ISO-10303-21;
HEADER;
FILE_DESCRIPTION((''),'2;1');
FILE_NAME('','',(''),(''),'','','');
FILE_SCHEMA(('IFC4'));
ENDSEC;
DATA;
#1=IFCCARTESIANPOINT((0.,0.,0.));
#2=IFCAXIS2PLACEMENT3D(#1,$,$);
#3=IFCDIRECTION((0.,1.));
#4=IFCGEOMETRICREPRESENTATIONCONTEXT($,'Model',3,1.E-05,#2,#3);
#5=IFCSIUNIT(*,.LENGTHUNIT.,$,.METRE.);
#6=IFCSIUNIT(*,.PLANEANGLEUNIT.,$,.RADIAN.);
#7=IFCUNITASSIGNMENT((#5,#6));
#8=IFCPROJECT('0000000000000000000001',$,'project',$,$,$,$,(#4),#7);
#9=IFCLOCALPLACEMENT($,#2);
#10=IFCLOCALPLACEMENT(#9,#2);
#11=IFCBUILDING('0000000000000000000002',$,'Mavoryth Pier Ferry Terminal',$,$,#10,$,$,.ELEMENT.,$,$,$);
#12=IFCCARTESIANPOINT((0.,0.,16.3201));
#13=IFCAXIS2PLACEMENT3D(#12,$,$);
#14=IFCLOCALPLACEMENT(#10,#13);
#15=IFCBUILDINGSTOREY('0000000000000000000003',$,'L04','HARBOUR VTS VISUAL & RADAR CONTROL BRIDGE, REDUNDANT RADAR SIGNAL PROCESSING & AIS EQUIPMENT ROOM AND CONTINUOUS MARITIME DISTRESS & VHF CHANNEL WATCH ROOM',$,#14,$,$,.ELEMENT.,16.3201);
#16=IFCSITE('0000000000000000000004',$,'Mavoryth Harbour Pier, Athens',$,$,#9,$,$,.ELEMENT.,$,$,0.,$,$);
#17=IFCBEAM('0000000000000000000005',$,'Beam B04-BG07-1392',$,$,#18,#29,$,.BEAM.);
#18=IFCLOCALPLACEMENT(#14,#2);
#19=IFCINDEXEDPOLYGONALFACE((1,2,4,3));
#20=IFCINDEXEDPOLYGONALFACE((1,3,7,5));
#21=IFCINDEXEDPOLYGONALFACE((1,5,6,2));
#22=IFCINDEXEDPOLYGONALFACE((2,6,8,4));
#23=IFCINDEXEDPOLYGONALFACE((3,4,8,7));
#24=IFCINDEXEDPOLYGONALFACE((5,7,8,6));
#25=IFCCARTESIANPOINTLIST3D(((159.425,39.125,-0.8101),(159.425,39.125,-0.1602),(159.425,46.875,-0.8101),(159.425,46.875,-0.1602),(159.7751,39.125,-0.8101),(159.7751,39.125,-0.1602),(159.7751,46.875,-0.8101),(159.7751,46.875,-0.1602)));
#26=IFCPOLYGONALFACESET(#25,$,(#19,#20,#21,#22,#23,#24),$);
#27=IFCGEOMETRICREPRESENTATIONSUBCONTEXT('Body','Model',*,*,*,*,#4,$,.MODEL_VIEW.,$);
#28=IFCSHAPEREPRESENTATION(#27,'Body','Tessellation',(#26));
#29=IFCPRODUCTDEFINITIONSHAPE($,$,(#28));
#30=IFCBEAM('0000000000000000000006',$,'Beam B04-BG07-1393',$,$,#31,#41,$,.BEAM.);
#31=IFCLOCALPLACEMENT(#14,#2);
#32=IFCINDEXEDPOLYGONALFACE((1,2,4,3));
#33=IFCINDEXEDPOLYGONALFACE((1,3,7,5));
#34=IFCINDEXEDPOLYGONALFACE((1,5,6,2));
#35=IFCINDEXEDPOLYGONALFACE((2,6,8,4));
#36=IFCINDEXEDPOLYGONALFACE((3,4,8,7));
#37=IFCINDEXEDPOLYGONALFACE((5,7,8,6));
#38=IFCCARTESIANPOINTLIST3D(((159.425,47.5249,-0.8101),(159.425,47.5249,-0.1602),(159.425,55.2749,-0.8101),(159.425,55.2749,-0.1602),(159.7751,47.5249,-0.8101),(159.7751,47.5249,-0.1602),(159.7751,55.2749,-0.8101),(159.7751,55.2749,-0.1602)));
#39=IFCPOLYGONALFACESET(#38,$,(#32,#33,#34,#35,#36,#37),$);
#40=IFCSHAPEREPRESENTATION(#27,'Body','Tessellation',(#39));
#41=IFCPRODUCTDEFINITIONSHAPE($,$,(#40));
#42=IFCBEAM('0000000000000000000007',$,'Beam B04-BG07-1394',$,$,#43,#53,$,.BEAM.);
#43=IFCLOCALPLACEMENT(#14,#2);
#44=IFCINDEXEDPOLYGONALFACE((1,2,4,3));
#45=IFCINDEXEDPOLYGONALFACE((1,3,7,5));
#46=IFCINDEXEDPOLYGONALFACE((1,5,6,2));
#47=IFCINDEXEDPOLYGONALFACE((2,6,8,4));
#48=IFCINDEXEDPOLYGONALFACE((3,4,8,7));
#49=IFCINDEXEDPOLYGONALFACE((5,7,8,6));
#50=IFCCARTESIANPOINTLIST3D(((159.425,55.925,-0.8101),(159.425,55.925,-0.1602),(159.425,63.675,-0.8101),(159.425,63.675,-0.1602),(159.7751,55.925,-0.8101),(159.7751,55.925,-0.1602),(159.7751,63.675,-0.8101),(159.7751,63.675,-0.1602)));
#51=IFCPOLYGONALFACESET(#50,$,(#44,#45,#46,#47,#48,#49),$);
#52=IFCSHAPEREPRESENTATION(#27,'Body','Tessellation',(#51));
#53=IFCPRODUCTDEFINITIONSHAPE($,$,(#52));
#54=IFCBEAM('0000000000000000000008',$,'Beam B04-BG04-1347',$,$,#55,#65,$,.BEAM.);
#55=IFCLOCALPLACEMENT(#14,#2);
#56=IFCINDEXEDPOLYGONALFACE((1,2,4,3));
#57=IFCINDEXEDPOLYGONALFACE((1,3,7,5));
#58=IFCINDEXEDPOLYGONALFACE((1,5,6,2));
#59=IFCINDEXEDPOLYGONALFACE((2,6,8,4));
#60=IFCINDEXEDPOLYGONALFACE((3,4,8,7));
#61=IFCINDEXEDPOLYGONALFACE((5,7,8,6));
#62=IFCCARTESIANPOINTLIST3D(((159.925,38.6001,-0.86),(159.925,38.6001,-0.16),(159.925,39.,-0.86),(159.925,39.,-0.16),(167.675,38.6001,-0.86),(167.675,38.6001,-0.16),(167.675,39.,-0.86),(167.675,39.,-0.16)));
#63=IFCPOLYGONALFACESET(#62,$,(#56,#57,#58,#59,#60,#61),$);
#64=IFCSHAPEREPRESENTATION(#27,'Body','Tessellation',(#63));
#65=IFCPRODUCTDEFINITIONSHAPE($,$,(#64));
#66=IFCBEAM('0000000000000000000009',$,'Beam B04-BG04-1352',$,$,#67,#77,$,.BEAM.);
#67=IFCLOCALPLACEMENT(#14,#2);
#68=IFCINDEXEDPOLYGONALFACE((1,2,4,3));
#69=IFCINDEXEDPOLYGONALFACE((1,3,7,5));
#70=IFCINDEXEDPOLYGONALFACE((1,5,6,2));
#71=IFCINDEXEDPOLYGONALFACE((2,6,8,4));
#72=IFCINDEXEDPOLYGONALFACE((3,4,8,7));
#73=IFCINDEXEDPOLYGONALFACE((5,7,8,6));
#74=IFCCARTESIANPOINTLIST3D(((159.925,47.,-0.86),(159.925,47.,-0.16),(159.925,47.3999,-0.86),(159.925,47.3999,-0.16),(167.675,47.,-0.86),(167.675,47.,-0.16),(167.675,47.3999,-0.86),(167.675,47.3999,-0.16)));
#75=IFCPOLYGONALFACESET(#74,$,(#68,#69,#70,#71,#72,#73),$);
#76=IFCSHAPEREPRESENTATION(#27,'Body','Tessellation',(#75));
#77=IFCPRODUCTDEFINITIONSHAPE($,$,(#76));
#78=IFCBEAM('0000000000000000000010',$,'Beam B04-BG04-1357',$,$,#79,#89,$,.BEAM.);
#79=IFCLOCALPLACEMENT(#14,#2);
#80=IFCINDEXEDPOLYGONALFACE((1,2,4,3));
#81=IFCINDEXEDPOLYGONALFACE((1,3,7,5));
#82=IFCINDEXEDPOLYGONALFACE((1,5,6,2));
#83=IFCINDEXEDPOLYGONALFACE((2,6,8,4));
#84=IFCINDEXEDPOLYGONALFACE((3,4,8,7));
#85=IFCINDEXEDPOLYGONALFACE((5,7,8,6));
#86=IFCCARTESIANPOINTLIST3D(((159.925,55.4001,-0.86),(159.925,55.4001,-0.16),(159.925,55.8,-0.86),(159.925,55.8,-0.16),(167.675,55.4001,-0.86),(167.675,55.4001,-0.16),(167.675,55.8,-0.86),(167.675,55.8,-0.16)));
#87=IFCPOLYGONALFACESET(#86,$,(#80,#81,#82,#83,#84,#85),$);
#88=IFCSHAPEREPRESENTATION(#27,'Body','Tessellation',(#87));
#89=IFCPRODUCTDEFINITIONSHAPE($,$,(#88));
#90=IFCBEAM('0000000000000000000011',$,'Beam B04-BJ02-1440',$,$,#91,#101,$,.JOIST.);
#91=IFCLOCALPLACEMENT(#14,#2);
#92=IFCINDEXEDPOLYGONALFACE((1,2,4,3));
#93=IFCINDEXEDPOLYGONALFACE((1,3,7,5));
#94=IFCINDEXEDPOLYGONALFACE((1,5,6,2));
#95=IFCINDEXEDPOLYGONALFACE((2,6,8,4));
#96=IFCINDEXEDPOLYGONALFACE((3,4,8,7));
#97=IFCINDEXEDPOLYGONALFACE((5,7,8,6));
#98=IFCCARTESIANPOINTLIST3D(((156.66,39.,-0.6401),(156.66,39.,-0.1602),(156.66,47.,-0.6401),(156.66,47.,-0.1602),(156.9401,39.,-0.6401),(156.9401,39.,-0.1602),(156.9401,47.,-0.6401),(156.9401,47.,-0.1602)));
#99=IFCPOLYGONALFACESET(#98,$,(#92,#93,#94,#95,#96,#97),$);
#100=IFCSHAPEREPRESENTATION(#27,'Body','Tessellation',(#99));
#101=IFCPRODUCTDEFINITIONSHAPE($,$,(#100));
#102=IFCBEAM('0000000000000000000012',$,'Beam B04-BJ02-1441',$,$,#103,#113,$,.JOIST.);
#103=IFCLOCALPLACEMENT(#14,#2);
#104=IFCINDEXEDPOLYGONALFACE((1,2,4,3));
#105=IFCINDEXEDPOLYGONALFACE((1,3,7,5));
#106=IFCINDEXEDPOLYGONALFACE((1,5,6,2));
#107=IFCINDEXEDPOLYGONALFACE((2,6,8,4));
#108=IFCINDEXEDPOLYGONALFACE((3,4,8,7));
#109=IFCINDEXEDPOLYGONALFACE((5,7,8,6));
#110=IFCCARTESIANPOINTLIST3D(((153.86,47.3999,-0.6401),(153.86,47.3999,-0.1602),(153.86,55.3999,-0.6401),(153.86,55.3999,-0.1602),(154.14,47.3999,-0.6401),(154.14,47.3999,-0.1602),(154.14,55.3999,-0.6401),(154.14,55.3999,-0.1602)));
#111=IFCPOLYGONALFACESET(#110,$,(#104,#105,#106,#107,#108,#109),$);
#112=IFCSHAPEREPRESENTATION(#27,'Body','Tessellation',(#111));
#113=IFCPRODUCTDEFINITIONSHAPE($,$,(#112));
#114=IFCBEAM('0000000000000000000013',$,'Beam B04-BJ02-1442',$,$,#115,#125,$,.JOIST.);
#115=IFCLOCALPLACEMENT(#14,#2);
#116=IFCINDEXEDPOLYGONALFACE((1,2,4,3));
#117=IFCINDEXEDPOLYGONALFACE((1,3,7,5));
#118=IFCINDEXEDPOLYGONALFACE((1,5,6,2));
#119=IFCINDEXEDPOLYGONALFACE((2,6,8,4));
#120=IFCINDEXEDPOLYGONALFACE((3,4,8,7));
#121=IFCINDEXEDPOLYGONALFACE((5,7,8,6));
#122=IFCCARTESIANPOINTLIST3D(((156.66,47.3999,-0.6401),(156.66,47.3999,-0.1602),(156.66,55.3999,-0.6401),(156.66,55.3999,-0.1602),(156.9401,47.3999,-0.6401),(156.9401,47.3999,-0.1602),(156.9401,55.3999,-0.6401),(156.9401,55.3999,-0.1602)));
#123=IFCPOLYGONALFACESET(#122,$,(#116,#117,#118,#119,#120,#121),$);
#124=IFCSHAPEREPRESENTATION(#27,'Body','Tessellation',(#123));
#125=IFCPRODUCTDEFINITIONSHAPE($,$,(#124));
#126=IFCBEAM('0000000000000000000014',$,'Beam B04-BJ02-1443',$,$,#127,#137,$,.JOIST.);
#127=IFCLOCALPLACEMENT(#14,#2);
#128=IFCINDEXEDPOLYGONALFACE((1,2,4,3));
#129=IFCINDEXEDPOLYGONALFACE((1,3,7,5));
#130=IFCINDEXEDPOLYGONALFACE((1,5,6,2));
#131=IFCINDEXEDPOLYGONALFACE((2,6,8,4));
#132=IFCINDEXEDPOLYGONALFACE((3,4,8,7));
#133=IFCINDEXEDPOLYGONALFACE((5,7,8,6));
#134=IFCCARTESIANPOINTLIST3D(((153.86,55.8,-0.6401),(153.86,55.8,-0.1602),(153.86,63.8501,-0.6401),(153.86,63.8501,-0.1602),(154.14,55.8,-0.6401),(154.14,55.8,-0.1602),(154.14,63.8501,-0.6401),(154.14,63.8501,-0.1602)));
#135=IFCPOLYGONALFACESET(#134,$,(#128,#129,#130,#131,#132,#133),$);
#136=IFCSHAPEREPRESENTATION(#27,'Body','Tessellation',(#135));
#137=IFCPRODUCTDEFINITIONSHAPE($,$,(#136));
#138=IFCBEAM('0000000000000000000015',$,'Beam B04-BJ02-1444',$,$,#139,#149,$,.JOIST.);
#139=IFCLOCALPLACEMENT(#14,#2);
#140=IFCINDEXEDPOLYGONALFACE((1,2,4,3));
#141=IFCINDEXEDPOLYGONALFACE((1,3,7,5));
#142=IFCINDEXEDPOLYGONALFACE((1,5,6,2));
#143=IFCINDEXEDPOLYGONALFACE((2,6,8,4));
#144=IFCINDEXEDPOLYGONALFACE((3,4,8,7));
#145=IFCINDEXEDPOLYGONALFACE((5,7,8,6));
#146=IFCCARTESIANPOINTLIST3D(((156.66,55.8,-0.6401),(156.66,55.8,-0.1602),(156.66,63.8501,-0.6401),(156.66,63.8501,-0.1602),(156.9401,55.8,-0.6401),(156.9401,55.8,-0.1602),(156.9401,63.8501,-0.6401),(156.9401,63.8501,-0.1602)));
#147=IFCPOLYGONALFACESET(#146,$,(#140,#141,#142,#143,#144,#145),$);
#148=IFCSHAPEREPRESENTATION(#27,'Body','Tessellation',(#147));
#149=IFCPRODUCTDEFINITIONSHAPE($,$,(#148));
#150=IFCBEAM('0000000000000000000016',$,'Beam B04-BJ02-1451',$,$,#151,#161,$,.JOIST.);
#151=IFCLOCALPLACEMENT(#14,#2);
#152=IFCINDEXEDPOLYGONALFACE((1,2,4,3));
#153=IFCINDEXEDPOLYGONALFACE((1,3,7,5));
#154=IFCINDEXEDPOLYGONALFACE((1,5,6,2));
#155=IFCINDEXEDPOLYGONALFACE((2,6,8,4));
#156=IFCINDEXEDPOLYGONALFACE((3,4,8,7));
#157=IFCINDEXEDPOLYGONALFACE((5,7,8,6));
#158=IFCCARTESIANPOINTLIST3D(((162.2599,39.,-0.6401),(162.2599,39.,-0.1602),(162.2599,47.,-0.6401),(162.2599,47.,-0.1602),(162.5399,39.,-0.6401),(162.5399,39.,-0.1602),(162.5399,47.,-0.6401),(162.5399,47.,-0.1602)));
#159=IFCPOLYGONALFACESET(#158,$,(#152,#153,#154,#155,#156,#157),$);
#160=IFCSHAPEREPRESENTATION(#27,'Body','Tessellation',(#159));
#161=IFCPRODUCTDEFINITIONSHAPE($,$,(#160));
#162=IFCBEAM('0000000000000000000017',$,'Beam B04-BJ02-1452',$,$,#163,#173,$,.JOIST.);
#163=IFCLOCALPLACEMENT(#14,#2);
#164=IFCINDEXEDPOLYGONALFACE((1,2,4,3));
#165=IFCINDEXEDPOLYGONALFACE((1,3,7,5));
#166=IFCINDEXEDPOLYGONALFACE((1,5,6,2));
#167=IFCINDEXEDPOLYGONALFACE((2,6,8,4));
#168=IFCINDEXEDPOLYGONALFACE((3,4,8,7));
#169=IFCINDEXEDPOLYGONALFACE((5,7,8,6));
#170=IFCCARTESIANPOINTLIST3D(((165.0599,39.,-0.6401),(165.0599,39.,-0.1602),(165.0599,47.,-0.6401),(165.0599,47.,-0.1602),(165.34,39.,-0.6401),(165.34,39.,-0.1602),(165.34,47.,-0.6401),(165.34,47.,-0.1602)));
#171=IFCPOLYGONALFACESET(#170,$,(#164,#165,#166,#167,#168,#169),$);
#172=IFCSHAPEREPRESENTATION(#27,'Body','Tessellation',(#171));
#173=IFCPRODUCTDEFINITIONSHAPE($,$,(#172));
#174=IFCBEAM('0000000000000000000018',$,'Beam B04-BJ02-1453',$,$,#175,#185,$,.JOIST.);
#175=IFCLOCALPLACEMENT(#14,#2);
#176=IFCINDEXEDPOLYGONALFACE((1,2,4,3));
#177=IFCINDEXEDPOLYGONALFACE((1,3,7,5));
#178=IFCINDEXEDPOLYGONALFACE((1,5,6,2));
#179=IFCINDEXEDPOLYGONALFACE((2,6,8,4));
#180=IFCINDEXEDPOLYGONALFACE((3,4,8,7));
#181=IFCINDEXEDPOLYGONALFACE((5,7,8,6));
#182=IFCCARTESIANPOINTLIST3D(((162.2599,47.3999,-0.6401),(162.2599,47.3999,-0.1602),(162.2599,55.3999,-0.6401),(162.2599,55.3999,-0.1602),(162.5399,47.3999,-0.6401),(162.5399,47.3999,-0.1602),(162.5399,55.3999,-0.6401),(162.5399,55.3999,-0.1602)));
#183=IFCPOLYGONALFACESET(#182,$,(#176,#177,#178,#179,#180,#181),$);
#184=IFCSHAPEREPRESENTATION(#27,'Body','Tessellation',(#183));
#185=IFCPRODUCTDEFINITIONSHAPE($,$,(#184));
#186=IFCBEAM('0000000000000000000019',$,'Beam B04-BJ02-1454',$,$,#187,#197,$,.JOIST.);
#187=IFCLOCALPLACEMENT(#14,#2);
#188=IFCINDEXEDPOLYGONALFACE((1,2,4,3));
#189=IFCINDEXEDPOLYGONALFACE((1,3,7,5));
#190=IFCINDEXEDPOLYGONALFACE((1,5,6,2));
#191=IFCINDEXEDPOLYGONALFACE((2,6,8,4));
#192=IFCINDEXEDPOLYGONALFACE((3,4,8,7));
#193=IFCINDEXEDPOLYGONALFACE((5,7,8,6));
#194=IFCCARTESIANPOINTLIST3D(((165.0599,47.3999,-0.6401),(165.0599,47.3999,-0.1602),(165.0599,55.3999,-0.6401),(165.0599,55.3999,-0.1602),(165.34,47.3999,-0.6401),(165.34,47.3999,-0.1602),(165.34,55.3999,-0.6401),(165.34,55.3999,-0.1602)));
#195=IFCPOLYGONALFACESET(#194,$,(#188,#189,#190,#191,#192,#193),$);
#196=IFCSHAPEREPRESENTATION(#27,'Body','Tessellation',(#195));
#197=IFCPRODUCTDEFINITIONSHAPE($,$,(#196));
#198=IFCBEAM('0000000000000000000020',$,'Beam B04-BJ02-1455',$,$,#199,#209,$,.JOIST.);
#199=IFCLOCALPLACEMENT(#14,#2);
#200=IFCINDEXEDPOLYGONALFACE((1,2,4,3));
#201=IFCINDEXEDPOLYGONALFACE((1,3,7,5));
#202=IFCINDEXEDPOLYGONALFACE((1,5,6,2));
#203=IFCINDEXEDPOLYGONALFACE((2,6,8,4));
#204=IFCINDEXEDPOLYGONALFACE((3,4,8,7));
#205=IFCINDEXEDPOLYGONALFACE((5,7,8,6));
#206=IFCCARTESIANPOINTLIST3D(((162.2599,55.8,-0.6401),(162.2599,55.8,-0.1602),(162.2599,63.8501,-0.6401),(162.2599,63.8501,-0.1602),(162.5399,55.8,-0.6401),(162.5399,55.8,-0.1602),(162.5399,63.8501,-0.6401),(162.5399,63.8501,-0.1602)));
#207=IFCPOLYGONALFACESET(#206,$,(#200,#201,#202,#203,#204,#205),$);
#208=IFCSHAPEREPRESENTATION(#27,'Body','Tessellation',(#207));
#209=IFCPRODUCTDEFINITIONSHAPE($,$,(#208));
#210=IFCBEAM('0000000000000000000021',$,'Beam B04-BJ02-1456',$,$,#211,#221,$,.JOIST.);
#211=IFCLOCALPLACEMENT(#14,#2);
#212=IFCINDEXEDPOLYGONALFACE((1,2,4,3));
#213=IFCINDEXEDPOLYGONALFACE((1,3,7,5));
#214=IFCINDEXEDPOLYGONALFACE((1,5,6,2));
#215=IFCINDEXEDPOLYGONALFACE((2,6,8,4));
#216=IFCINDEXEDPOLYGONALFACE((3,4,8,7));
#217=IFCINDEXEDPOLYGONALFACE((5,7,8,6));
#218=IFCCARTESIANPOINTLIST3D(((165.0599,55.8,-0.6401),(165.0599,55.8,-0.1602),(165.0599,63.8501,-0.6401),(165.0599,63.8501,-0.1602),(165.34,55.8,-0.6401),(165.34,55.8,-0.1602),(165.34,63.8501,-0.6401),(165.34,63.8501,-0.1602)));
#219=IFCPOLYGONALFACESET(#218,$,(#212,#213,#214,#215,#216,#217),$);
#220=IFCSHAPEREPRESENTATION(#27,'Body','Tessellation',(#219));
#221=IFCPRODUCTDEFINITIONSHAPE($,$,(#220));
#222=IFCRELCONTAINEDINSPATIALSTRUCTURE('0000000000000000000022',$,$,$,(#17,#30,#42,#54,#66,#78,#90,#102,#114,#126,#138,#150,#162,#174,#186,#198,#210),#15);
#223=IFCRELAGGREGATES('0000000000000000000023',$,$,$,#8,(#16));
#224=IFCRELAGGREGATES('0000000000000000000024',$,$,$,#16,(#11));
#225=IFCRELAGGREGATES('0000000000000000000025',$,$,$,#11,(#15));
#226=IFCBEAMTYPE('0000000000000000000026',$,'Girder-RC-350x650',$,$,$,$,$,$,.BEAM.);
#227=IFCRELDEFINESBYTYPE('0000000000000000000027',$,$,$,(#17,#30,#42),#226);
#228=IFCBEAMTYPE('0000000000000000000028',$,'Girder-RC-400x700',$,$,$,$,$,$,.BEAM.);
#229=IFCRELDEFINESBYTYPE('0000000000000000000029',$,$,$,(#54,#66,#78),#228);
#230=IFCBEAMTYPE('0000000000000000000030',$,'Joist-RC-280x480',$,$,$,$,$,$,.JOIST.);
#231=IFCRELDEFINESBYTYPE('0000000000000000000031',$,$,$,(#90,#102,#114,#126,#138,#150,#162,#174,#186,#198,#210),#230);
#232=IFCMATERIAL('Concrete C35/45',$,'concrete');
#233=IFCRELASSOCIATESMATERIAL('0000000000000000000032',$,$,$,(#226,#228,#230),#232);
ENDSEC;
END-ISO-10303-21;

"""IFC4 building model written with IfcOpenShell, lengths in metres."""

from ifc_helpers import new_model, si_unit, direction, frame, origin, origin_2d, place, context, subcontext, project, spatial, rectangle, extrude, material, material_profile, profile_set, type_object, element, save


model = new_model("IFC4")

# Units and contexts
model_context = context("Model", 3, precision=1e-05, world=origin(), true_north=direction((0.0, 1.0)))
body_context = subcontext(model_context, "Body", "Model", "MODEL_VIEW")
ifc_project = project(units=[si_unit("LENGTHUNIT", "METRE"), si_unit("PLANEANGLEUNIT", "RADIAN")], contexts=[model_context])

# Site, building, storey
site_placement = place(None, origin())
site = spatial("IfcSite", under=ifc_project, at=site_placement, Name="Mavoryth Harbour Pier, Athens", CompositionType="ELEMENT", RefElevation=0.0)
building_placement = place(site_placement, origin())
building = spatial("IfcBuilding", under=site, at=building_placement, Name="Mavoryth Pier Ferry Terminal", CompositionType="ELEMENT")
storey_placement = place(building_placement, frame((0.0, 0.0, 16.3201)))
storey = spatial("IfcBuildingStorey", under=building, at=storey_placement, Name="L04", Description="HARBOUR VTS VISUAL & RADAR CONTROL BRIDGE, REDUNDANT RADAR SIGNAL PROCESSING & AIS EQUIPMENT ROOM AND CONTINUOUS MARITIME DISTRESS & VHF CHANNEL WATCH ROOM", CompositionType="ELEMENT", Elevation=16.3201)

# Beams
ifc_material = material(Name="Concrete C35/45", Category="concrete")
ifc_material_profile_1 = material_profile(ifc_material, rectangle(XDim=0.3501, YDim=0.6499, at=origin_2d()), Name="RC 350x650", Category="concrete")
ifc_profile_set_1 = profile_set([ifc_material_profile_1], Name="Concrete C35/45 - RC 350x650")
beam_type_1 = type_object("IfcBeamType", Name="Girder-RC-350x650", PredefinedType="BEAM", material=ifc_profile_set_1)
for number, where, z_axis, x_axis, name in (
    (1, (159.6001, 39.125, -0.4851), (0.0, 1.0, 0.0), (-1.0, 0.0, 0.0), "Beam B04-BG07-1392"),
    (2, (159.6001, 47.5249, -0.4851), (0.0, 1.0, 0.0), (-1.0, 0.0, 0.0), "Beam B04-BG07-1393"),
    (3, (159.6001, 55.925, -0.4851), (0.0, 1.0, 0.0), (-1.0, 0.0, 0.0), "Beam B04-BG07-1394"),
):
    element("IfcBeam", number, at=place(storey_placement, frame(where, z_axis=z_axis, x_axis=x_axis)), inside=storey, type_object=beam_type_1, Name=name, PredefinedType="BEAM", context=body_context, shape_type="SweptSolid", body=[
        extrude(rectangle(XDim=0.3501, YDim=0.6499, at=origin_2d()), origin(), (0.0, 0.0, 1.0), 7.75),
    ])
ifc_material_profile_2 = material_profile(ifc_material, rectangle(XDim=0.3999, YDim=0.7, at=origin_2d()), Name="RC 400x700", Category="concrete")
ifc_profile_set_2 = profile_set([ifc_material_profile_2], Name="Concrete C35/45 - RC 400x700")
beam_type_2 = type_object("IfcBeamType", Name="Girder-RC-400x700", PredefinedType="BEAM", material=ifc_profile_set_2)
for number, where, z_axis, x_axis, name in (
    (4, (159.925, 38.8, -0.51), (1.0, 0.0, 0.0), (0.0, 1.0, 0.0), "Beam B04-BG04-1347"),
    (5, (159.925, 47.2, -0.51), (1.0, 0.0, 0.0), (0.0, 1.0, 0.0), "Beam B04-BG04-1352"),
    (6, (159.925, 55.6001, -0.51), (1.0, 0.0, 0.0), (0.0, 1.0, 0.0), "Beam B04-BG04-1357"),
):
    element("IfcBeam", number, at=place(storey_placement, frame(where, z_axis=z_axis, x_axis=x_axis)), inside=storey, type_object=beam_type_2, Name=name, PredefinedType="BEAM", context=body_context, shape_type="SweptSolid", body=[
        extrude(rectangle(XDim=0.3999, YDim=0.7, at=origin_2d()), origin(), (0.0, 0.0, 1.0), 7.75),
    ])
ifc_material_profile_3 = material_profile(ifc_material, rectangle(XDim=0.28, YDim=0.48, at=origin_2d()), Name="RC 280x480", Category="concrete")
ifc_profile_set_3 = profile_set([ifc_material_profile_3], Name="Concrete C35/45 - RC 280x480")
beam_type_3 = type_object("IfcBeamType", Name="Joist-RC-280x480", PredefinedType="JOIST", material=ifc_profile_set_3)
for number, where, z_axis, x_axis, name in (
    (7, (156.8, 39.0, -0.4001), (0.0, 1.0, 0.0), (-1.0, 0.0, 0.0), "Beam B04-BJ02-1440"),
    (8, (154.0, 47.3999, -0.4001), (0.0, 1.0, 0.0), (-1.0, 0.0, 0.0), "Beam B04-BJ02-1441"),
    (9, (156.8, 47.3999, -0.4001), (0.0, 1.0, 0.0), (-1.0, 0.0, 0.0), "Beam B04-BJ02-1442"),
):
    element("IfcBeam", number, at=place(storey_placement, frame(where, z_axis=z_axis, x_axis=x_axis)), inside=storey, type_object=beam_type_3, Name=name, PredefinedType="JOIST", context=body_context, shape_type="SweptSolid", body=[
        extrude(rectangle(XDim=0.28, YDim=0.48, at=origin_2d()), origin(), (0.0, 0.0, 1.0), 8.0),
    ])
for number, where, z_axis, x_axis, name in (
    (10, (154.0, 55.8, -0.4001), (0.0, 1.0, 0.0), (-1.0, 0.0, 0.0), "Beam B04-BJ02-1443"),
    (11, (156.8, 55.8, -0.4001), (0.0, 1.0, 0.0), (-1.0, 0.0, 0.0), "Beam B04-BJ02-1444"),
):
    element("IfcBeam", number, at=place(storey_placement, frame(where, z_axis=z_axis, x_axis=x_axis)), inside=storey, type_object=beam_type_3, Name=name, PredefinedType="JOIST", context=body_context, shape_type="SweptSolid", body=[
        extrude(rectangle(XDim=0.28, YDim=0.48, at=origin_2d()), origin(), (0.0, 0.0, 1.0), 8.05),
    ])
for number, where, z_axis, x_axis, name in (
    (12, (162.3999, 39.0, -0.4001), (0.0, 1.0, 0.0), (-1.0, 0.0, 0.0), "Beam B04-BJ02-1451"),
    (13, (165.2, 39.0, -0.4001), (0.0, 1.0, 0.0), (-1.0, 0.0, 0.0), "Beam B04-BJ02-1452"),
    (14, (162.3999, 47.3999, -0.4001), (0.0, 1.0, 0.0), (-1.0, 0.0, 0.0), "Beam B04-BJ02-1453"),
    (15, (165.2, 47.3999, -0.4001), (0.0, 1.0, 0.0), (-1.0, 0.0, 0.0), "Beam B04-BJ02-1454"),
):
    element("IfcBeam", number, at=place(storey_placement, frame(where, z_axis=z_axis, x_axis=x_axis)), inside=storey, type_object=beam_type_3, Name=name, PredefinedType="JOIST", context=body_context, shape_type="SweptSolid", body=[
        extrude(rectangle(XDim=0.28, YDim=0.48, at=origin_2d()), origin(), (0.0, 0.0, 1.0), 8.0),
    ])
for number, where, z_axis, x_axis, name in (
    (16, (162.3999, 55.8, -0.4001), (0.0, 1.0, 0.0), (-1.0, 0.0, 0.0), "Beam B04-BJ02-1455"),
    (17, (165.2, 55.8, -0.4001), (0.0, 1.0, 0.0), (-1.0, 0.0, 0.0), "Beam B04-BJ02-1456"),
):
    element("IfcBeam", number, at=place(storey_placement, frame(where, z_axis=z_axis, x_axis=x_axis)), inside=storey, type_object=beam_type_3, Name=name, PredefinedType="JOIST", context=body_context, shape_type="SweptSolid", body=[
        extrude(rectangle(XDim=0.28, YDim=0.48, at=origin_2d()), origin(), (0.0, 0.0, 1.0), 8.05),
    ])

save(model, "model.ifc")
